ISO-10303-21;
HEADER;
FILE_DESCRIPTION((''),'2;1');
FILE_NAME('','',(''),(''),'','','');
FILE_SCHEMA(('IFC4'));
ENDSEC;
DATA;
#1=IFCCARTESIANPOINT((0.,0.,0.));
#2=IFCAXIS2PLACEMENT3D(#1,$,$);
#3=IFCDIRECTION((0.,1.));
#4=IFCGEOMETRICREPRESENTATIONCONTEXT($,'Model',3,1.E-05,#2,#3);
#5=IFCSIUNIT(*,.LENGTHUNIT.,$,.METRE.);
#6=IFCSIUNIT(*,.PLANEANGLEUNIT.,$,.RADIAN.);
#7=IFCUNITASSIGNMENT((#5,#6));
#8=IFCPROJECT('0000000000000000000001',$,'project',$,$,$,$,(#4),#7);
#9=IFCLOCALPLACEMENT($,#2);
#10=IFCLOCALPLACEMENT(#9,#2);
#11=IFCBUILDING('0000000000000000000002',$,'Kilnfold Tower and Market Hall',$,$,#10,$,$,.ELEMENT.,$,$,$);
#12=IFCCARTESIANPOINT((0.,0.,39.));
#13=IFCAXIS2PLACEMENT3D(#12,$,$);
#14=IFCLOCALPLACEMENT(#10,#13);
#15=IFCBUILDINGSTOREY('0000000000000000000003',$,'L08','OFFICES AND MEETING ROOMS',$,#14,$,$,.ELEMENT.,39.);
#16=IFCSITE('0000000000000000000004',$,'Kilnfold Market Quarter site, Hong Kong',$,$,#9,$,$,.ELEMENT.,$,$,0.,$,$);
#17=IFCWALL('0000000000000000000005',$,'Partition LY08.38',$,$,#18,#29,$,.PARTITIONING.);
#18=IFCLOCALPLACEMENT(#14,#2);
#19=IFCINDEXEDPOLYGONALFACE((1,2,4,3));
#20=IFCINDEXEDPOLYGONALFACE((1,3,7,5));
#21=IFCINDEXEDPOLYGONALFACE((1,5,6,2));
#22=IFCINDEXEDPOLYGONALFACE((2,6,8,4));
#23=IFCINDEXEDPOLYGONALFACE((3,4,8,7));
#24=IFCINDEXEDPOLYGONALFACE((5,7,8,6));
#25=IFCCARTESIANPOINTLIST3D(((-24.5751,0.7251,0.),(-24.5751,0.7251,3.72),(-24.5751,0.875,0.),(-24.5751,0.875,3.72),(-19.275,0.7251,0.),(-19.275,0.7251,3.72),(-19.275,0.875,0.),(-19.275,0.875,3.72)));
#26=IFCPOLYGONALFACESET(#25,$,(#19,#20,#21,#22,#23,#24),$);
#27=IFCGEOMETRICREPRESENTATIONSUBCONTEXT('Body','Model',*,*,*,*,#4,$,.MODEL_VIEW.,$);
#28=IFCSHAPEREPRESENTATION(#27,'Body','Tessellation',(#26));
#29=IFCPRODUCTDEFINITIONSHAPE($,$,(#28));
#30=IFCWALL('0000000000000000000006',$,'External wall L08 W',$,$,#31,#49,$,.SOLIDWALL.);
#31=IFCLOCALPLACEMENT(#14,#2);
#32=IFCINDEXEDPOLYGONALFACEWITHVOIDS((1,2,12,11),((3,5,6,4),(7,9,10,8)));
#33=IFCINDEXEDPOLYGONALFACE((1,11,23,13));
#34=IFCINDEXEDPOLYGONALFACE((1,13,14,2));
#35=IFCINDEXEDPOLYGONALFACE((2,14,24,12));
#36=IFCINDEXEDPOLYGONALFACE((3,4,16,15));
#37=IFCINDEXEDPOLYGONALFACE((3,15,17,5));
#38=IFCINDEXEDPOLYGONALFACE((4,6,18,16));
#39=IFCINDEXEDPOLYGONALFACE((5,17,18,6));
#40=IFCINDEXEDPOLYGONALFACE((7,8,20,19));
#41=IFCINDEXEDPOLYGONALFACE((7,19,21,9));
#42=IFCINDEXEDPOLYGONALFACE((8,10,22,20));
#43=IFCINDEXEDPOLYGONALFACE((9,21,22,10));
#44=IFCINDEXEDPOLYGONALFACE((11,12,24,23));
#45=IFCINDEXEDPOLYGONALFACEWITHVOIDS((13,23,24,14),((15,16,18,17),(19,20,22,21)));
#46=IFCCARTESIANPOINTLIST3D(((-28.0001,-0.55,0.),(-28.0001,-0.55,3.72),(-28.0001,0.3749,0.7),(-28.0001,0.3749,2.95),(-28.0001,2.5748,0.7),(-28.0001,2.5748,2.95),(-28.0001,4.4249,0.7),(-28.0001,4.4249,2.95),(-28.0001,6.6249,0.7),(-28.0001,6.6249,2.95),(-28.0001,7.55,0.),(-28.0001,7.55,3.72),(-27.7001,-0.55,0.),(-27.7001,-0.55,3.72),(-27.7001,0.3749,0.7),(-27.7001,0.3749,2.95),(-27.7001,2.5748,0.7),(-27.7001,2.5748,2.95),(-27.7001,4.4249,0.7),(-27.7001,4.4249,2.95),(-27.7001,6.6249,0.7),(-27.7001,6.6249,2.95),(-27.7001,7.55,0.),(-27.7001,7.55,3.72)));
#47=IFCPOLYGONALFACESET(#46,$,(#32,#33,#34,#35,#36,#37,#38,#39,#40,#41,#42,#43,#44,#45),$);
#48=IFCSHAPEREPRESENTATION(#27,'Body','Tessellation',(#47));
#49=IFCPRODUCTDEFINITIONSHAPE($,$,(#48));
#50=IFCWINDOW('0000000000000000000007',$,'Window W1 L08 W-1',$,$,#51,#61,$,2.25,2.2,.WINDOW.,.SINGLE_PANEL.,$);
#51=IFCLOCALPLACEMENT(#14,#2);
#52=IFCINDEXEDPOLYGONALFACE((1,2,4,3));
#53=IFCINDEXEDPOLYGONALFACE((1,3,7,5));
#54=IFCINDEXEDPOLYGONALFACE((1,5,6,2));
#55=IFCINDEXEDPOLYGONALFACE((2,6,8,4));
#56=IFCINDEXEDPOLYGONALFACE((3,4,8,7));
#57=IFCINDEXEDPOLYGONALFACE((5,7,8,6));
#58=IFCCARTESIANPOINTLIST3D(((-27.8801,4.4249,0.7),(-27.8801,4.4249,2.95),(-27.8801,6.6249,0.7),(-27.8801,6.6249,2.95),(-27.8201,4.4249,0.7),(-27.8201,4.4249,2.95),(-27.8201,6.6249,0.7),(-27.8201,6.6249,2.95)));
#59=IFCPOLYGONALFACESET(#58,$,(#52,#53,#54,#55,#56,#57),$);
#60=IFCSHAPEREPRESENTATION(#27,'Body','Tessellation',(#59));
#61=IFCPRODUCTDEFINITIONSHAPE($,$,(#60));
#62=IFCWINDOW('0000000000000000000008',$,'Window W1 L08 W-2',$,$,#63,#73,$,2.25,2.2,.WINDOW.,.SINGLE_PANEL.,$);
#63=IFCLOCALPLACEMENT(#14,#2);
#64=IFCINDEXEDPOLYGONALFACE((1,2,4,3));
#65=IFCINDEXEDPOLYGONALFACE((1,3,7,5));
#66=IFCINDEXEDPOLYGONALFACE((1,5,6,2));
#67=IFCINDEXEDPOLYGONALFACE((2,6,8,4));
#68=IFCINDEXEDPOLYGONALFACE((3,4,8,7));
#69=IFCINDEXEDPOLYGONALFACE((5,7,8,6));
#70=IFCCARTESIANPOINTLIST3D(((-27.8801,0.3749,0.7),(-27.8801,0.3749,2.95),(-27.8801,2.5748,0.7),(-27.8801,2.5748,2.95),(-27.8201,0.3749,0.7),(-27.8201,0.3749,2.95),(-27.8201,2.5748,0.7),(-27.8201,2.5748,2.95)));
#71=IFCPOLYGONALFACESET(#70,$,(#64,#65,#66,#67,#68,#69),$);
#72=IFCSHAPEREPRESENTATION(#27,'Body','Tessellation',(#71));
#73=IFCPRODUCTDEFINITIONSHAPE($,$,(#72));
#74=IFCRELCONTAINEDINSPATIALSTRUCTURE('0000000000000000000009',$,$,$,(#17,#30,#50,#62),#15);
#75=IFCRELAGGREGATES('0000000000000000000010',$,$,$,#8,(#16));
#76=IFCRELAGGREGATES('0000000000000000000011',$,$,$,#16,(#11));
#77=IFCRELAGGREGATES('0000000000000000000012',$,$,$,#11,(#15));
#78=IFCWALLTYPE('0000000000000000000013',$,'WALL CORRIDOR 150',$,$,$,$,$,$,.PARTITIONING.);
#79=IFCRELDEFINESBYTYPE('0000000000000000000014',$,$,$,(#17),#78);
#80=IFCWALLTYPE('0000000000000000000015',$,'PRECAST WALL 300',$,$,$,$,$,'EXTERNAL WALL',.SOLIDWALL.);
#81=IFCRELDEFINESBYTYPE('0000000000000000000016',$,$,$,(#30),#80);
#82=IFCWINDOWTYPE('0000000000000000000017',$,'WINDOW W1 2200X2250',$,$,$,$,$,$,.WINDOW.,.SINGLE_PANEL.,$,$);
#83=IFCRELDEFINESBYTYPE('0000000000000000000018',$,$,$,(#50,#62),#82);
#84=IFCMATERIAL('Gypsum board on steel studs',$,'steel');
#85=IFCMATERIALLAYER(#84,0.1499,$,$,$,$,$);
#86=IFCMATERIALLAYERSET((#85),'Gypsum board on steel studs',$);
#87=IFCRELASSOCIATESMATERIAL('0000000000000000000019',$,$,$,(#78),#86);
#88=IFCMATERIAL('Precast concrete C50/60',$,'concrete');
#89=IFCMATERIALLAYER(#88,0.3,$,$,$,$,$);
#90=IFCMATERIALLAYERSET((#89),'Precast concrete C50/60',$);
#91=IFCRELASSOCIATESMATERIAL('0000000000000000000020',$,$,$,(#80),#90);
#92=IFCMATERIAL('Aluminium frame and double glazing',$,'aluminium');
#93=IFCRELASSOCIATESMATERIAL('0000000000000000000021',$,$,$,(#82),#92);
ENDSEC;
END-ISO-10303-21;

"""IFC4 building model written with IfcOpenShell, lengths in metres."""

from ifc_helpers import new_model, si_unit, direction, frame, frame_2d, origin, place, context, subcontext, project, spatial, rectangle, extrude, source, transform, mapped, material, layer, layer_set, type_object, element, fill, save


model = new_model("IFC4")

# Units and contexts
model_context = context("Model", 3, precision=1e-05, world=origin(), true_north=direction((0.0, 1.0)))
body_context = subcontext(model_context, "Body", "Model", "MODEL_VIEW")
ifc_project = project(units=[si_unit("LENGTHUNIT", "METRE"), si_unit("PLANEANGLEUNIT", "RADIAN")], contexts=[model_context])

# Site, building, storey
site_placement = place(None, origin())
site = spatial("IfcSite", under=ifc_project, at=site_placement, Name="Kilnfold Market Quarter site, Hong Kong", CompositionType="ELEMENT", RefElevation=0.0)
building_placement = place(site_placement, origin())
building = spatial("IfcBuilding", under=site, at=building_placement, Name="Kilnfold Tower and Market Hall", CompositionType="ELEMENT")
storey_placement = place(building_placement, frame((0.0, 0.0, 39.0)))
storey = spatial("IfcBuildingStorey", under=building, at=storey_placement, Name="L08", Description="OFFICES AND MEETING ROOMS", CompositionType="ELEMENT", Elevation=39.0)

# Shared definitions
ifc_material_1 = material(Name="Gypsum board on steel studs", Category="steel")
ifc_layer_1 = layer(ifc_material_1, 0.1499)
ifc_layer_set_1 = layer_set([ifc_layer_1], Name="Gypsum board on steel studs")
wall_type_1 = type_object("IfcWallType", Name="WALL CORRIDOR 150", PredefinedType="PARTITIONING", material=ifc_layer_set_1)

# Wall
wall_1_placement = place(storey_placement, frame((-24.575, 0.8, 0.0), z_axis=(0.0, 0.0, 1.0), x_axis=(1.0, 0.0, 0.0)))
element("IfcWall", 1, at=wall_1_placement, inside=storey, type_object=wall_type_1, Name="Partition LY08.38", PredefinedType="PARTITIONING", context=body_context, shape_type="SweptSolid", body=[
    extrude(rectangle(XDim=5.3, YDim=0.1499, at=frame_2d((2.6499, 0.0))), origin(), (0.0, 0.0, 1.0), 3.72),
])

# Wall, openings, windows
ifc_material_2 = material(Name="Precast concrete C50/60", Category="concrete")
ifc_layer_2 = layer(ifc_material_2, 0.3)
ifc_layer_set_2 = layer_set([ifc_layer_2], Name="Precast concrete C50/60")
wall_type_2 = type_object("IfcWallType", Name="PRECAST WALL 300", ElementType="EXTERNAL WALL", PredefinedType="SOLIDWALL", material=ifc_layer_set_2)
shared_shape_1 = source(origin(), body_context, "Body", "SweptSolid", [
    extrude(rectangle(XDim=8.1001, YDim=0.3, at=frame_2d((4.05, 0.0))), origin(), (0.0, 0.0, 1.0), 3.72),
])
wall_2_placement = place(storey_placement, frame((-27.8501, 7.55, 0.0), z_axis=(0.0, 0.0, 1.0), x_axis=(0.0, -1.0, 0.0)))
wall_2 = element("IfcWall", 2, at=wall_2_placement, inside=storey, type_object=wall_type_2, Name="External wall L08 W", PredefinedType="SOLIDWALL", context=body_context, shape_type="MappedRepresentation", body=[
    mapped(shared_shape_1, transform((0.0, 0.0, 0.0))),
])
opening_1_placement = place(wall_2_placement, frame((0.925, 0.0, 0.7)))
opening_1 = element("IfcOpeningElement", 3, at=opening_1_placement, cuts=wall_2, PredefinedType="OPENING", context=body_context, shape_type="SweptSolid", body=[
    extrude(rectangle(XDim=2.2, YDim=2.25, at=frame_2d((1.1001, 1.125))), frame((0.0, 0.1602, 0.0), z_axis=(0.0, -1.0, 0.0), x_axis=(1.0, 0.0, 0.0)), (0.0, 0.0, 1.0), 0.3201),
])
opening_2_placement = place(wall_2_placement, frame((4.9751, 0.0, 0.7)))
opening_2 = element("IfcOpeningElement", 4, at=opening_2_placement, cuts=wall_2, PredefinedType="OPENING", context=body_context, shape_type="SweptSolid", body=[
    extrude(rectangle(XDim=2.2, YDim=2.25, at=frame_2d((1.1001, 1.125))), frame((0.0, 0.1602, 0.0), z_axis=(0.0, -1.0, 0.0), x_axis=(1.0, 0.0, 0.0)), (0.0, 0.0, 1.0), 0.3201),
])
ifc_material_3 = material(Name="Aluminium frame and double glazing", Category="aluminium")
window_type = type_object("IfcWindowType", Name="WINDOW W1 2200X2250", PartitioningType="SINGLE_PANEL", PredefinedType="WINDOW", material=ifc_material_3)
window_1_placement = place(opening_1_placement, origin())
window_1 = element("IfcWindow", 5, at=window_1_placement, inside=storey, type_object=window_type, Name="Window W1 L08 W-1", OverallHeight=2.25, OverallWidth=2.2, PartitioningType="SINGLE_PANEL", PredefinedType="WINDOW", context=body_context, shape_type="SweptSolid", body=[
    extrude(rectangle(XDim=2.2, YDim=2.25, at=frame_2d((1.1001, 1.125))), frame((0.0, 0.03, 0.0), z_axis=(0.0, -1.0, 0.0), x_axis=(1.0, 0.0, 0.0)), (0.0, 0.0, 1.0), 0.0601),
])
fill(opening_1, window_1)
window_2_placement = place(opening_2_placement, origin())
window_2 = element("IfcWindow", 6, at=window_2_placement, inside=storey, type_object=window_type, Name="Window W1 L08 W-2", OverallHeight=2.25, OverallWidth=2.2, PartitioningType="SINGLE_PANEL", PredefinedType="WINDOW", context=body_context, shape_type="SweptSolid", body=[
    extrude(rectangle(XDim=2.2, YDim=2.25, at=frame_2d((1.1001, 1.125))), frame((0.0, 0.03, 0.0), z_axis=(0.0, -1.0, 0.0), x_axis=(1.0, 0.0, 0.0)), (0.0, 0.0, 1.0), 0.0601),
])
fill(opening_2, window_2)

save(model, "model.ifc")
